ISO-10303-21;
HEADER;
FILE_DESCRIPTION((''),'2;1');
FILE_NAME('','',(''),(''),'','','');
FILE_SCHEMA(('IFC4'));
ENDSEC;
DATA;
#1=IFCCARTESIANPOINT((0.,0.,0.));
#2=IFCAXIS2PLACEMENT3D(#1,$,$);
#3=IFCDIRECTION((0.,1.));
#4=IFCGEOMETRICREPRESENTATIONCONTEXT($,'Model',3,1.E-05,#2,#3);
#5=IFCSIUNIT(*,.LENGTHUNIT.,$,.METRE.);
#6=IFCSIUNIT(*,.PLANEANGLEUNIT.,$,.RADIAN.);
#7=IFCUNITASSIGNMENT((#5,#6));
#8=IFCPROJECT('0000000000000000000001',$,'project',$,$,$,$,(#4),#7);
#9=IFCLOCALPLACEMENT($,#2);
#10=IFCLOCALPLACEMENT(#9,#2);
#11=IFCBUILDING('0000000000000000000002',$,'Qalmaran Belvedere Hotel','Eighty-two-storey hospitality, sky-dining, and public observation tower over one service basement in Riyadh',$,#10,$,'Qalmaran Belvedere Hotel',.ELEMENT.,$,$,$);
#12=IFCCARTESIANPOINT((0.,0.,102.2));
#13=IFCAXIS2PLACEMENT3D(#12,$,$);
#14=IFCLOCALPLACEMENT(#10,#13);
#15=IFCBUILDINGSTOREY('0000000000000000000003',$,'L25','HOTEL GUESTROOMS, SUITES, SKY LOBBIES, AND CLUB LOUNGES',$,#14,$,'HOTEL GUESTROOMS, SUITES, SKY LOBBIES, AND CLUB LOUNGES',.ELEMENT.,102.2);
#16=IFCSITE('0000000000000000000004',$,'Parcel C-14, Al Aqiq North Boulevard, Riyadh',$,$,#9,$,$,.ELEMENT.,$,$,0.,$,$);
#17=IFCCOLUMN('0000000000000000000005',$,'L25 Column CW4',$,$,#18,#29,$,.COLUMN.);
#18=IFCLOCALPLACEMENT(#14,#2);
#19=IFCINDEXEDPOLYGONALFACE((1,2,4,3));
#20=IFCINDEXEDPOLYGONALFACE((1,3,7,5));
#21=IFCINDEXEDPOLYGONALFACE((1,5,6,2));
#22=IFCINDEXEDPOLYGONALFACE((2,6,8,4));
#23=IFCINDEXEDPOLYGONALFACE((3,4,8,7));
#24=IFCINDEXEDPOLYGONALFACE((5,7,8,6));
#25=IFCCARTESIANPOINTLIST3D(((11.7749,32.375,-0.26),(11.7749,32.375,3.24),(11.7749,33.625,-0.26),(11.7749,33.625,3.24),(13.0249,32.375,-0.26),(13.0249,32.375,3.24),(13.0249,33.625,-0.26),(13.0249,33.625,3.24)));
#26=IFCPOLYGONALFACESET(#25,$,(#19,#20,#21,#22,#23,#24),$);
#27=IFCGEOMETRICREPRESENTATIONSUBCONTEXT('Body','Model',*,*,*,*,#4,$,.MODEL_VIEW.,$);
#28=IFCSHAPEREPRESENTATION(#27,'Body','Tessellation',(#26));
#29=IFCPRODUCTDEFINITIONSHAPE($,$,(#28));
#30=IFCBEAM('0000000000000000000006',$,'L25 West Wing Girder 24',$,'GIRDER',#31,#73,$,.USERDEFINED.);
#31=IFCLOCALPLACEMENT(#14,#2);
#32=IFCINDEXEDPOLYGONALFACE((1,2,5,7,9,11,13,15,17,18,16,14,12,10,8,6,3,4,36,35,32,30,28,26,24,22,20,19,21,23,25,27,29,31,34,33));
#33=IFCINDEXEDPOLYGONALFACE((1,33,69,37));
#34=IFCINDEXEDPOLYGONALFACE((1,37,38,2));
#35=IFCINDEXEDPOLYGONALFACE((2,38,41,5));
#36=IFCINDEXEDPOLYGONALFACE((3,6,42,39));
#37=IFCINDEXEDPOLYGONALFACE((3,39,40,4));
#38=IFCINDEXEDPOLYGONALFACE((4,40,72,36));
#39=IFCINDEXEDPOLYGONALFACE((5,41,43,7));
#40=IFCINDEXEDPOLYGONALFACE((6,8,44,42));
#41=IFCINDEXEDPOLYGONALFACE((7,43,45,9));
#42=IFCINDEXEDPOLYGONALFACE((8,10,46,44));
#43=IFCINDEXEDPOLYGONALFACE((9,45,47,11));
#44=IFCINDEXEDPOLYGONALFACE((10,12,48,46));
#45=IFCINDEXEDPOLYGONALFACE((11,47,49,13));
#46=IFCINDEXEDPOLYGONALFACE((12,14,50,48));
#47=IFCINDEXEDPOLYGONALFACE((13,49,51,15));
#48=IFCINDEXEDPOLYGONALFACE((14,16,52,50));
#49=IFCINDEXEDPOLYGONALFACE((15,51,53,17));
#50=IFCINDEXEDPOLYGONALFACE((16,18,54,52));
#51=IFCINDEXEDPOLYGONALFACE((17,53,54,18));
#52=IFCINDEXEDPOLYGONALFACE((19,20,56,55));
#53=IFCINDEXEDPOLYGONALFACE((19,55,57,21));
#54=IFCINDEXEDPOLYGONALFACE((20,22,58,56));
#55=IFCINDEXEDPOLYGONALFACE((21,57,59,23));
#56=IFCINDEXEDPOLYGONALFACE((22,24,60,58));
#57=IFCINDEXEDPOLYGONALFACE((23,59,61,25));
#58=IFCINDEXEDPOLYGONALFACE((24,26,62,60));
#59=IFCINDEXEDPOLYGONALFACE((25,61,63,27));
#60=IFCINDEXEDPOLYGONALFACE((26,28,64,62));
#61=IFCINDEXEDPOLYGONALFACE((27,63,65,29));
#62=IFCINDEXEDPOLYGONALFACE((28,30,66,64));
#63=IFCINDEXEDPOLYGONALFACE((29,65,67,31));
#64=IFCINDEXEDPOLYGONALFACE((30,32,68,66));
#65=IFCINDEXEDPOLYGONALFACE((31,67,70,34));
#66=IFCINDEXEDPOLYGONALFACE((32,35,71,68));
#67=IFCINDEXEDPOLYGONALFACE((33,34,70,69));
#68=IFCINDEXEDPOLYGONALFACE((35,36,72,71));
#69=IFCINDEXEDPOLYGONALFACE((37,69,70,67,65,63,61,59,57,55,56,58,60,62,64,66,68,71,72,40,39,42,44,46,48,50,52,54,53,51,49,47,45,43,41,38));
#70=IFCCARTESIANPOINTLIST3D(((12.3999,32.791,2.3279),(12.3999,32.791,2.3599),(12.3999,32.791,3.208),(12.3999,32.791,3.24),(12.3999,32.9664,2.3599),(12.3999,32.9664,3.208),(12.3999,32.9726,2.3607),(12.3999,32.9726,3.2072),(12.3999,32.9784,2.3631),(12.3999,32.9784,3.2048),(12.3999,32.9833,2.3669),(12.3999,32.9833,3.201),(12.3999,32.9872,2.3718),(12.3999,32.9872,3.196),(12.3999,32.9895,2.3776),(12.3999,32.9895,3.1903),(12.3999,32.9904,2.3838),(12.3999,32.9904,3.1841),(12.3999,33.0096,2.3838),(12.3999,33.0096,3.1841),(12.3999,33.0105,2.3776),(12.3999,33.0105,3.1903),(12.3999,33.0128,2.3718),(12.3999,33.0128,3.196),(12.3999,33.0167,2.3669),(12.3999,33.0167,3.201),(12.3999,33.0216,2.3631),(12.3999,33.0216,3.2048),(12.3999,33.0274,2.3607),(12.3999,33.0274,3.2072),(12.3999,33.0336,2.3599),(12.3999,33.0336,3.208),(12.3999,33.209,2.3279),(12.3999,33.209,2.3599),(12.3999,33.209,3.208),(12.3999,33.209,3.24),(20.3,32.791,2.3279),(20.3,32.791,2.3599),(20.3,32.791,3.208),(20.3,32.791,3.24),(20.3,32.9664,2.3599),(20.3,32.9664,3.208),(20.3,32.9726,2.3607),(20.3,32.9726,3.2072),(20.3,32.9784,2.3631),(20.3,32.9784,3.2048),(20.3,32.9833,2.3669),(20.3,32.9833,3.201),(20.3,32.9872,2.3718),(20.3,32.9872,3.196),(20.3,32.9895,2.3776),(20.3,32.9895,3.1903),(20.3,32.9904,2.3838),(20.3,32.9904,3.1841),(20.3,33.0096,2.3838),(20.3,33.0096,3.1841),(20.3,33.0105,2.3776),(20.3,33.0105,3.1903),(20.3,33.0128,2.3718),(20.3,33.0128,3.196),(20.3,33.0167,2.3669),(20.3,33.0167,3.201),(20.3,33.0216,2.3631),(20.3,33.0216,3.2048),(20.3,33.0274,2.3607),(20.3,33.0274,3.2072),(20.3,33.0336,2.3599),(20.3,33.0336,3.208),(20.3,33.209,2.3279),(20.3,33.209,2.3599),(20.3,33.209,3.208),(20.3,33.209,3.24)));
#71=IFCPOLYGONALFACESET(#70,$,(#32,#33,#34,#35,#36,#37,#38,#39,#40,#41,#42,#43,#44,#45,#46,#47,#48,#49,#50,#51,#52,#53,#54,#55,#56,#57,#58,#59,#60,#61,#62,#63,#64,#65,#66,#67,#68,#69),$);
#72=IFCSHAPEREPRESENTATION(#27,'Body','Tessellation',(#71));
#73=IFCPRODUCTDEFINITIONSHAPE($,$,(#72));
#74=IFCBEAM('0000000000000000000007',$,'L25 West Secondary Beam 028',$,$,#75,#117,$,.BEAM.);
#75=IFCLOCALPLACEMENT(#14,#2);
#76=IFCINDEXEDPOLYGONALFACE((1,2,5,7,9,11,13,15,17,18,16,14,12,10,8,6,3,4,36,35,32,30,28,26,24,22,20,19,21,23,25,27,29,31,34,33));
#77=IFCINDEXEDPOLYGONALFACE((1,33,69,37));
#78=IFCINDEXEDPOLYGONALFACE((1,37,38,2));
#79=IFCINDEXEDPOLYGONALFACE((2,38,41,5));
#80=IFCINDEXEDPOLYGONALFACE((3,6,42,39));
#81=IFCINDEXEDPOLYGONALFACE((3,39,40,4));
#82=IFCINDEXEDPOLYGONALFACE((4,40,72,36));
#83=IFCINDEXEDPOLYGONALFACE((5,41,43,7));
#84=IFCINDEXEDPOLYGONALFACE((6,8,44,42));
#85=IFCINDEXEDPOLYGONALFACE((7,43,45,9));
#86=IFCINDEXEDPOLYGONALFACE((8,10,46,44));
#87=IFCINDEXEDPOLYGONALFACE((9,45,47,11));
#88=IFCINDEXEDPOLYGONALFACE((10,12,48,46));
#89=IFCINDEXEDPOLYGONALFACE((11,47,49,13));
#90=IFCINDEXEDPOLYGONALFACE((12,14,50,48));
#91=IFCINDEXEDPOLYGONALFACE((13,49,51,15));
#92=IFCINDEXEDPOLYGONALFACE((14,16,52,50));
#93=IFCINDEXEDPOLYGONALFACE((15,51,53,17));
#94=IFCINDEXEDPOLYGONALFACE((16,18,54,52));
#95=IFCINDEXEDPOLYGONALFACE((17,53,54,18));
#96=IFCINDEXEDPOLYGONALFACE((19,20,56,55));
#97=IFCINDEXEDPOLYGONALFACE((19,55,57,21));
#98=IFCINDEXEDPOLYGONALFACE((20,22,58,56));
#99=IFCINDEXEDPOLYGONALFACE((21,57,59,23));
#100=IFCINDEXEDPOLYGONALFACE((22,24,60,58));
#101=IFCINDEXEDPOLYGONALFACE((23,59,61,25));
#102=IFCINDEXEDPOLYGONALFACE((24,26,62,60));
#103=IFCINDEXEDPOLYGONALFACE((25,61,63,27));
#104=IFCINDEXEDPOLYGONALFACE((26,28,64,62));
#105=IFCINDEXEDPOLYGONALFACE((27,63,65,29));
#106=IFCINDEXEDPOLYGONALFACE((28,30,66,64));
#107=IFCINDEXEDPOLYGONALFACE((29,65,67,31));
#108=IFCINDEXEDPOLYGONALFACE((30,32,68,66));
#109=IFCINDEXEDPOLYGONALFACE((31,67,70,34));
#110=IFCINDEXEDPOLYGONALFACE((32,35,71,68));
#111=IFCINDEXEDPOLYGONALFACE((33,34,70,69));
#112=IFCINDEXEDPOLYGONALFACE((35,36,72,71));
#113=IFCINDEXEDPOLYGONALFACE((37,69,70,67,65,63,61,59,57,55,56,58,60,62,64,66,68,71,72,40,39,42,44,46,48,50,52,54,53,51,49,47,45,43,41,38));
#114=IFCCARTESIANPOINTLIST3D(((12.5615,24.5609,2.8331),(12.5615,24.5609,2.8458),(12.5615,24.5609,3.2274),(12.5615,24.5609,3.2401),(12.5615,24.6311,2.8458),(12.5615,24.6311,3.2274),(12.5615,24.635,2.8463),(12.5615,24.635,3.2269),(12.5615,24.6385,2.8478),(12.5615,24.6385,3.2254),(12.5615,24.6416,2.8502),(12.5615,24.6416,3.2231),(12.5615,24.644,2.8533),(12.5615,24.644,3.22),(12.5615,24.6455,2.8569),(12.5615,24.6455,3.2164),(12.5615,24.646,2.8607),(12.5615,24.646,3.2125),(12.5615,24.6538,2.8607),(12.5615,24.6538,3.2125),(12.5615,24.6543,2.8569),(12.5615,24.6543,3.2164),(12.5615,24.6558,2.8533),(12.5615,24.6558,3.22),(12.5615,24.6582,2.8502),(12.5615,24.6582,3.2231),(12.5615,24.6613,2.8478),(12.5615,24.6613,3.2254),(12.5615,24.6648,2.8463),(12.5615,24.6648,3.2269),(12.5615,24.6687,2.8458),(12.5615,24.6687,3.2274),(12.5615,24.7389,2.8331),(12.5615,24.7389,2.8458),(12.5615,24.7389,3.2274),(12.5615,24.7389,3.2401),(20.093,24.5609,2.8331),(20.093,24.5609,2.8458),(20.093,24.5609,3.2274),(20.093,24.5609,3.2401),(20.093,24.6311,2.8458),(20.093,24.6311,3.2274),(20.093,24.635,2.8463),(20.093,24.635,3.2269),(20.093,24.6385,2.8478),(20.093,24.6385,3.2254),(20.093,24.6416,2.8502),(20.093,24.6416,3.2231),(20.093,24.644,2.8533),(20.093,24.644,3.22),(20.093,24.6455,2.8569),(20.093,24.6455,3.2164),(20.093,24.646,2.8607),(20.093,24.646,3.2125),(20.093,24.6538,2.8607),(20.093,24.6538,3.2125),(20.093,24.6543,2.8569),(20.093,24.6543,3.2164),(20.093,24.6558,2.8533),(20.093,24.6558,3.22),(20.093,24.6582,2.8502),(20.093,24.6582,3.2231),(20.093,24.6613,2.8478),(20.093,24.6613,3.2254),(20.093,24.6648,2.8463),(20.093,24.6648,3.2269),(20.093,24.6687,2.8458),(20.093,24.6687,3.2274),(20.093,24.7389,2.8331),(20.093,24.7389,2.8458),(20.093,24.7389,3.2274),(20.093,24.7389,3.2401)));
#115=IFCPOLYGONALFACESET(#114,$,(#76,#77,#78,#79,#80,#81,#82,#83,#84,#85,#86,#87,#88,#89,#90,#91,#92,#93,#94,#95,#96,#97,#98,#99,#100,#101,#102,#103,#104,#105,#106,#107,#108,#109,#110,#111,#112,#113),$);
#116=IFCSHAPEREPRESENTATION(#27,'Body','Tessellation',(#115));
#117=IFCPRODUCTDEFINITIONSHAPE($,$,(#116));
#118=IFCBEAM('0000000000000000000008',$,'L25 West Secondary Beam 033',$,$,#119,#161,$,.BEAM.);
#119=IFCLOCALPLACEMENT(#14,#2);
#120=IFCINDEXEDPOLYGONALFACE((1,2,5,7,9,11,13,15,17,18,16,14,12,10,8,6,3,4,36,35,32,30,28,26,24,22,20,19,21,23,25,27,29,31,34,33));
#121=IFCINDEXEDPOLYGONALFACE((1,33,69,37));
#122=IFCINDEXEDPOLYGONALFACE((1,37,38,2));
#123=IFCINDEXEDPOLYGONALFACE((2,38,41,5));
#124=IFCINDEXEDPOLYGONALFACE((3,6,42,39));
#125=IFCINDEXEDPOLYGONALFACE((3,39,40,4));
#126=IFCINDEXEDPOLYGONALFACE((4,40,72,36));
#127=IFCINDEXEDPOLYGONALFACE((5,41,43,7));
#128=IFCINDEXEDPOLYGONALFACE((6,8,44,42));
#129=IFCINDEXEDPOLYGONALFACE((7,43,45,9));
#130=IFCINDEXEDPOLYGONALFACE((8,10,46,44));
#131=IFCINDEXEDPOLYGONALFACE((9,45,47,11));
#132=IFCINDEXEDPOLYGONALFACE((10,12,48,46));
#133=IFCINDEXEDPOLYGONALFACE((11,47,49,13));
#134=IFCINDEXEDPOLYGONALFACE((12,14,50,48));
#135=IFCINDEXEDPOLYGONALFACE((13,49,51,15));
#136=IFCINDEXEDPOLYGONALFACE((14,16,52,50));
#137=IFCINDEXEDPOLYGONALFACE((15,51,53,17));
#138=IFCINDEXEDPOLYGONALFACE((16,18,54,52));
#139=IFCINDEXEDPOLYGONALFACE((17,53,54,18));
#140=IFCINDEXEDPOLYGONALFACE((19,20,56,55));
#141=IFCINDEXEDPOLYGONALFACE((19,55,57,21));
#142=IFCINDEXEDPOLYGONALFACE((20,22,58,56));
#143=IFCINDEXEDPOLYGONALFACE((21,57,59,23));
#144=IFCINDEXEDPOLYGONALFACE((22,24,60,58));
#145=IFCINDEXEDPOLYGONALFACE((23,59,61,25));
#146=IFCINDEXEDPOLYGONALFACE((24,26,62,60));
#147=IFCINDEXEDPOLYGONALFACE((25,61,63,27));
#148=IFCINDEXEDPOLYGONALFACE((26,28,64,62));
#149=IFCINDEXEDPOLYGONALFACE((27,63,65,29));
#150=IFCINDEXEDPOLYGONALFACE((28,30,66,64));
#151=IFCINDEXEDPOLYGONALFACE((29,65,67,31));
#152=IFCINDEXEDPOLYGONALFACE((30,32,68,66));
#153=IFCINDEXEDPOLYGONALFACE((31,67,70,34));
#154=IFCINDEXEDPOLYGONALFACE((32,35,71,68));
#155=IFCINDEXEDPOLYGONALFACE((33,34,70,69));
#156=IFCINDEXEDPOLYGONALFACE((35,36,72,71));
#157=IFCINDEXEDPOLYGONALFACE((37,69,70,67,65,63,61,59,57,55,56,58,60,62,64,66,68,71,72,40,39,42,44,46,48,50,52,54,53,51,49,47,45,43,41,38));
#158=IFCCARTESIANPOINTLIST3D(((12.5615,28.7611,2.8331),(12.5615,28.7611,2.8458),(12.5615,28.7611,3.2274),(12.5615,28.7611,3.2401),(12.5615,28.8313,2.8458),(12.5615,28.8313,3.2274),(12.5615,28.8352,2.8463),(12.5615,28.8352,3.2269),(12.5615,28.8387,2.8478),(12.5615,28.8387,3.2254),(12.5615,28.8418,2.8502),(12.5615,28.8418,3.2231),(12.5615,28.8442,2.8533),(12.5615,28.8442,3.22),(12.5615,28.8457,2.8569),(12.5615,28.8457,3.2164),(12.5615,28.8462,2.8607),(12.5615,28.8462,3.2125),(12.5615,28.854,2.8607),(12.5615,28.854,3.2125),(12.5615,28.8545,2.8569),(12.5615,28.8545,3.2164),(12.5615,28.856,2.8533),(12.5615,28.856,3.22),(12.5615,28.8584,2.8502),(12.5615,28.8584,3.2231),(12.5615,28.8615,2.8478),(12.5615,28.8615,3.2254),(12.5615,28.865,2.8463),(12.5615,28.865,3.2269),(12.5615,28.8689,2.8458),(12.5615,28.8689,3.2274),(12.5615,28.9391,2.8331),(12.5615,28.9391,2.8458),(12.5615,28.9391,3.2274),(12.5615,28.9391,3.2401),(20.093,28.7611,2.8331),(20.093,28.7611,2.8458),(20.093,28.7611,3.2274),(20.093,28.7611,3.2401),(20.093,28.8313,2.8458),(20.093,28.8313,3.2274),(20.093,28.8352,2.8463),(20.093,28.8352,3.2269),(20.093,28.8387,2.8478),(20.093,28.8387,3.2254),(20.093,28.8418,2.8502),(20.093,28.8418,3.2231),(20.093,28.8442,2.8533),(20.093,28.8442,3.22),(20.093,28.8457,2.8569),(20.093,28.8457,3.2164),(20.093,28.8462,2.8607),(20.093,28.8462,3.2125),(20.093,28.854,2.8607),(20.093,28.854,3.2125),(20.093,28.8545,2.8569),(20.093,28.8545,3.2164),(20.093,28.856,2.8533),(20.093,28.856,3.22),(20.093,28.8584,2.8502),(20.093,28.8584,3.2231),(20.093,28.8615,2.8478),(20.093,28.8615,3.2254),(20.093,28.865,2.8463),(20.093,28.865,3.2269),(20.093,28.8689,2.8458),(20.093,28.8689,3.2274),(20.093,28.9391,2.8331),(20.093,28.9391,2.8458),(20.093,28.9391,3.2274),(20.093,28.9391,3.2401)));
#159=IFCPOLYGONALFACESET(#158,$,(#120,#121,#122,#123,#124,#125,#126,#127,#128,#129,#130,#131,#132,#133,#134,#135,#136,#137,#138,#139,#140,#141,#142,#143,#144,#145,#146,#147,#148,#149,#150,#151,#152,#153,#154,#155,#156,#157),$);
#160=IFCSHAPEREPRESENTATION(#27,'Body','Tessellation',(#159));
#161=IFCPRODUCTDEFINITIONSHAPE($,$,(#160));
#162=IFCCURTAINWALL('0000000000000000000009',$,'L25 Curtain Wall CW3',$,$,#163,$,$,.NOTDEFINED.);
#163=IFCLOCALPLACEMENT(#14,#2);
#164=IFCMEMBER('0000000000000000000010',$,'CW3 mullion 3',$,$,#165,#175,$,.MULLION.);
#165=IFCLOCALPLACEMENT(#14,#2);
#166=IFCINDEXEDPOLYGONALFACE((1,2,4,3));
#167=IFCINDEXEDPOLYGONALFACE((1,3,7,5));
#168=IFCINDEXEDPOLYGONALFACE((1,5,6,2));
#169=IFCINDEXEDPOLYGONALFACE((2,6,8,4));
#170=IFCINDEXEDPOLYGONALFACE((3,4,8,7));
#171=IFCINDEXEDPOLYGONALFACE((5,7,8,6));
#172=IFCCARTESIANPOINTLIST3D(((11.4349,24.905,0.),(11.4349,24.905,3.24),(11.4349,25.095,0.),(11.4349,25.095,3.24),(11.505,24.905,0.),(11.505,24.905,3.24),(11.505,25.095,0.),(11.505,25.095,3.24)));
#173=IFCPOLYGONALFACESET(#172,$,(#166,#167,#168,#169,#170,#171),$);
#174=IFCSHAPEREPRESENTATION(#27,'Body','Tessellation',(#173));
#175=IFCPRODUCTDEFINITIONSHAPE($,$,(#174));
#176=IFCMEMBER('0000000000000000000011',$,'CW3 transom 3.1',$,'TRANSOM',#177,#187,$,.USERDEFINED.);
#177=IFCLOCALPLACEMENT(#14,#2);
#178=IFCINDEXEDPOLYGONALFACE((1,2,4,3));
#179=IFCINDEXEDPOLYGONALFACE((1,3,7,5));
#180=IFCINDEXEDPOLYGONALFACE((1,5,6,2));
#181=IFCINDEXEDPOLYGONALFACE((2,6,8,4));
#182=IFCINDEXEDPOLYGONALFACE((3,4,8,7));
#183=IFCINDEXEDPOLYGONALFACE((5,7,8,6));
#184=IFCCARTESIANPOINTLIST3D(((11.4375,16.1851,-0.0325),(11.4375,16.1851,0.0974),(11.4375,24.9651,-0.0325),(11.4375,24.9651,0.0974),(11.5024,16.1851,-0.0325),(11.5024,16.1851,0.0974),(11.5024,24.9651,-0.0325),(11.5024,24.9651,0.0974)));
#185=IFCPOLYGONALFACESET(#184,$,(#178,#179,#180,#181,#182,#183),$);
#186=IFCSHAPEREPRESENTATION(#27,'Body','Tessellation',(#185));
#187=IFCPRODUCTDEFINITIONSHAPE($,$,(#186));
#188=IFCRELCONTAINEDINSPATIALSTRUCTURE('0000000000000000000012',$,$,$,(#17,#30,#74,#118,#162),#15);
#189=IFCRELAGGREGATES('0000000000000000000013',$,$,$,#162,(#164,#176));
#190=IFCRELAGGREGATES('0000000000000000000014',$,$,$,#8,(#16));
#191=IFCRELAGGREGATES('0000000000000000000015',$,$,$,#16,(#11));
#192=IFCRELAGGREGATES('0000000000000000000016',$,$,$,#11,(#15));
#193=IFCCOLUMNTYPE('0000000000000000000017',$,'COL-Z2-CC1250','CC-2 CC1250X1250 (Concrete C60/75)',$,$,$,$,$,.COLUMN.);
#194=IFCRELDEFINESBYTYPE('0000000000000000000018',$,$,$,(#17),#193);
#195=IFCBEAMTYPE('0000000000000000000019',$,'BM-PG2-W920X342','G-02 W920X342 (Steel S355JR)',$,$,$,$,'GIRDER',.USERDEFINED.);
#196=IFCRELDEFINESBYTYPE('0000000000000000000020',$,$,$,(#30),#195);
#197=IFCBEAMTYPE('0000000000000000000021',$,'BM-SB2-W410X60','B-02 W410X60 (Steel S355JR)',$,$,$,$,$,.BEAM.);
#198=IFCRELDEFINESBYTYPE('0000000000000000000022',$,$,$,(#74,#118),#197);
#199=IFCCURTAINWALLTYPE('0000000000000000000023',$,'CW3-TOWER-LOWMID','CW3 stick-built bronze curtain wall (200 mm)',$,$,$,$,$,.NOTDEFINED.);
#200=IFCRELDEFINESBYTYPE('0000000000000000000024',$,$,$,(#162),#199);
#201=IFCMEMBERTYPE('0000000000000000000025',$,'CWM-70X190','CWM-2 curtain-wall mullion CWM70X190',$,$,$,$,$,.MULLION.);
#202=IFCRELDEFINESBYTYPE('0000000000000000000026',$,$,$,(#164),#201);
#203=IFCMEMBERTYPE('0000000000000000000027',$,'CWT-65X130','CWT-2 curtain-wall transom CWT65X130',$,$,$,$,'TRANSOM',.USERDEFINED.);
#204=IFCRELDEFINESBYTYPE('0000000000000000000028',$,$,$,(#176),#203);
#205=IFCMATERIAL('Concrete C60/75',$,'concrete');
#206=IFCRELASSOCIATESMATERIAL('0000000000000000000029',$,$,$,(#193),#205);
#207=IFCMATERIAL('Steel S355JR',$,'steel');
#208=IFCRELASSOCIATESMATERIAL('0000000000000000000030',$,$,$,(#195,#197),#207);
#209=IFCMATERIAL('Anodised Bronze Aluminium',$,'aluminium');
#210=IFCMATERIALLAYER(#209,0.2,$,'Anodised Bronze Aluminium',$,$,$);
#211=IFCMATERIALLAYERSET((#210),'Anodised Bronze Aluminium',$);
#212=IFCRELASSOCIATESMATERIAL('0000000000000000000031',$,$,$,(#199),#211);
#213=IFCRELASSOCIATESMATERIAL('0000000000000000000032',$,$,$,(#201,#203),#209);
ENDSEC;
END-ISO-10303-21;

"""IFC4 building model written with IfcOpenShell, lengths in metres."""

from ifc_helpers import new_model, si_unit, direction, frame, origin, origin_2d, place, context, subcontext, project, spatial, rectangle, i_section, extrude, material, layer, layer_set, material_profile, profile_set, type_object, element, aggregate, save


model = new_model("IFC4")

# Units and contexts
model_context = context("Model", 3, precision=1e-05, world=origin(), true_north=direction((0.0, 1.0)))
body_context = subcontext(model_context, "Body", "Model", "MODEL_VIEW")
ifc_project = project(units=[si_unit("LENGTHUNIT", "METRE"), si_unit("PLANEANGLEUNIT", "RADIAN")], contexts=[model_context])

# Site, building, storey
site_placement = place(None, origin())
site = spatial("IfcSite", under=ifc_project, at=site_placement, Name="Parcel C-14, Al Aqiq North Boulevard, Riyadh", CompositionType="ELEMENT", RefElevation=0.0)
building_placement = place(site_placement, origin())
building = spatial("IfcBuilding", under=site, at=building_placement, Name="Qalmaran Belvedere Hotel", Description="Eighty-two-storey hospitality, sky-dining, and public observation tower over one service basement in Riyadh", LongName="Qalmaran Belvedere Hotel", CompositionType="ELEMENT")
storey_placement = place(building_placement, frame((0.0, 0.0, 102.2)))
storey = spatial("IfcBuildingStorey", under=building, at=storey_placement, Name="L25", Description="HOTEL GUESTROOMS, SUITES, SKY LOBBIES, AND CLUB LOUNGES", LongName="HOTEL GUESTROOMS, SUITES, SKY LOBBIES, AND CLUB LOUNGES", CompositionType="ELEMENT", Elevation=102.2)

# Column
ifc_material_1 = material(Name="Concrete C60/75", Category="concrete")
ifc_material_profile_1 = material_profile(ifc_material_1, rectangle(XDim=1.25, YDim=1.25, at=origin_2d()), Name="CC1250X1250")
ifc_profile_set_1 = profile_set([ifc_material_profile_1], Name="Concrete C60/75")
column_type = type_object("IfcColumnType", Name="COL-Z2-CC1250", Description="CC-2 CC1250X1250 (Concrete C60/75)", PredefinedType="COLUMN", material=ifc_profile_set_1)
column_placement = place(storey_placement, frame((12.3999, 33.0, -0.26), z_axis=(0.0, 0.0, 1.0), x_axis=(1.0, 0.0, 0.0)))
element("IfcColumn", 1, at=column_placement, inside=storey, type_object=column_type, Name="L25 Column CW4", PredefinedType="COLUMN", context=body_context, shape_type="SweptSolid", body=[
    extrude(rectangle(XDim=1.25, YDim=1.25, at=origin_2d()), origin(), (0.0, 0.0, 1.0), 3.5),
])

# Beams
ifc_material_2 = material(Name="Steel S355JR", Category="steel")
ifc_material_profile_2 = material_profile(ifc_material_2, i_section(OverallWidth=0.418, OverallDepth=0.9121, WebThickness=0.0193, FlangeThickness=0.032, FilletRadius=0.0239, at=origin_2d()), Name="W920X342")
ifc_profile_set_2 = profile_set([ifc_material_profile_2], Name="Steel S355JR")
beam_type_1 = type_object("IfcBeamType", Name="BM-PG2-W920X342", Description="G-02 W920X342 (Steel S355JR)", ElementType="GIRDER", PredefinedType="USERDEFINED", material=ifc_profile_set_2)
beam_placement = place(storey_placement, frame((12.3999, 33.0, 2.7839), z_axis=(1.0, 0.0, 0.0), x_axis=(0.0, 1.0, 0.0)))
element("IfcBeam", 2, at=beam_placement, inside=storey, type_object=beam_type_1, Name="L25 West Wing Girder 24", ObjectType="GIRDER", PredefinedType="USERDEFINED", context=body_context, shape_type="SweptSolid", body=[
    extrude(i_section(OverallWidth=0.418, OverallDepth=0.9121, WebThickness=0.0193, FlangeThickness=0.032, FilletRadius=0.0239, at=origin_2d()), origin(), (0.0, 0.0, 1.0), 7.9001),
])
ifc_material_profile_3 = material_profile(ifc_material_2, i_section(OverallWidth=0.178, OverallDepth=0.407, WebThickness=0.0078, FlangeThickness=0.0127, FilletRadius=0.0149, at=origin_2d()), Name="W410X60")
ifc_profile_set_3 = profile_set([ifc_material_profile_3], Name="Steel S355JR")
beam_type_2 = type_object("IfcBeamType", Name="BM-SB2-W410X60", Description="B-02 W410X60 (Steel S355JR)", PredefinedType="BEAM", material=ifc_profile_set_3)
for number, where, z_axis, x_axis, name in (
    (3, (12.5615, 24.6499, 3.0366), (1.0, 0.0, 0.0), (0.0, 1.0, 0.0), "L25 West Secondary Beam 028"),
    (4, (12.5615, 28.8501, 3.0366), (1.0, 0.0, 0.0), (0.0, 1.0, 0.0), "L25 West Secondary Beam 033"),
):
    element("IfcBeam", number, at=place(storey_placement, frame(where, z_axis=z_axis, x_axis=x_axis)), inside=storey, type_object=beam_type_2, Name=name, PredefinedType="BEAM", context=body_context, shape_type="SweptSolid", body=[
        extrude(i_section(OverallWidth=0.178, OverallDepth=0.407, WebThickness=0.0078, FlangeThickness=0.0127, FilletRadius=0.0149, at=origin_2d()), origin(), (0.0, 0.0, 1.0), 7.5315),
    ])

# Curtain wall, members
ifc_material_3 = material(Name="Anodised Bronze Aluminium", Category="aluminium")
ifc_layer_1 = layer(ifc_material_3, 0.2, Name="Anodised Bronze Aluminium")
ifc_layer_set_1 = layer_set([ifc_layer_1], Name="Anodised Bronze Aluminium")
curtain_wall_type = type_object("IfcCurtainWallType", Name="CW3-TOWER-LOWMID", Description="CW3 stick-built bronze curtain wall (200 mm)", PredefinedType="NOTDEFINED", material=ifc_layer_set_1)
curtain_wall_placement = place(storey_placement, origin())
curtain_wall = element("IfcCurtainWall", 5, at=curtain_wall_placement, inside=storey, type_object=curtain_wall_type, Name="L25 Curtain Wall CW3", PredefinedType="NOTDEFINED")
ifc_material_profile_4 = material_profile(ifc_material_3, rectangle(XDim=0.0701, YDim=0.1899, at=origin_2d()), Name="CWM70X190")
ifc_profile_set_4 = profile_set([ifc_material_profile_4], Name="Anodised Bronze Aluminium")
member_type_1 = type_object("IfcMemberType", Name="CWM-70X190", Description="CWM-2 curtain-wall mullion CWM70X190", PredefinedType="MULLION", material=ifc_profile_set_4)
member_1_placement = place(storey_placement, frame((11.47, 25.0, 0.0), z_axis=(0.0, 0.0, 1.0), x_axis=(1.0, 0.0, 0.0)))
member_1 = element("IfcMember", 6, at=member_1_placement, type_object=member_type_1, Name="CW3 mullion 3", PredefinedType="MULLION", context=body_context, shape_type="SweptSolid", body=[
    extrude(rectangle(XDim=0.0701, YDim=0.1899, at=origin_2d()), origin(), (0.0, 0.0, 1.0), 3.24),
])
ifc_material_profile_5 = material_profile(ifc_material_3, rectangle(XDim=0.0649, YDim=0.1299, at=origin_2d()), Name="CWT65X130")
ifc_profile_set_5 = profile_set([ifc_material_profile_5], Name="Anodised Bronze Aluminium")
member_type_2 = type_object("IfcMemberType", Name="CWT-65X130", Description="CWT-2 curtain-wall transom CWT65X130", ElementType="TRANSOM", PredefinedType="USERDEFINED", material=ifc_profile_set_5)
member_2_placement = place(storey_placement, frame((11.47, 24.9651, 0.0325), z_axis=(0.0, -1.0, 0.0), x_axis=(1.0, 0.0, 0.0)))
member_2 = element("IfcMember", 7, at=member_2_placement, type_object=member_type_2, Name="CW3 transom 3.1", ObjectType="TRANSOM", PredefinedType="USERDEFINED", context=body_context, shape_type="SweptSolid", body=[
    extrude(rectangle(XDim=0.0649, YDim=0.1299, at=origin_2d()), origin(), (0.0, 0.0, 1.0), 8.78),
])
aggregate(curtain_wall, [member_1, member_2])

save(model, "model.ifc")
